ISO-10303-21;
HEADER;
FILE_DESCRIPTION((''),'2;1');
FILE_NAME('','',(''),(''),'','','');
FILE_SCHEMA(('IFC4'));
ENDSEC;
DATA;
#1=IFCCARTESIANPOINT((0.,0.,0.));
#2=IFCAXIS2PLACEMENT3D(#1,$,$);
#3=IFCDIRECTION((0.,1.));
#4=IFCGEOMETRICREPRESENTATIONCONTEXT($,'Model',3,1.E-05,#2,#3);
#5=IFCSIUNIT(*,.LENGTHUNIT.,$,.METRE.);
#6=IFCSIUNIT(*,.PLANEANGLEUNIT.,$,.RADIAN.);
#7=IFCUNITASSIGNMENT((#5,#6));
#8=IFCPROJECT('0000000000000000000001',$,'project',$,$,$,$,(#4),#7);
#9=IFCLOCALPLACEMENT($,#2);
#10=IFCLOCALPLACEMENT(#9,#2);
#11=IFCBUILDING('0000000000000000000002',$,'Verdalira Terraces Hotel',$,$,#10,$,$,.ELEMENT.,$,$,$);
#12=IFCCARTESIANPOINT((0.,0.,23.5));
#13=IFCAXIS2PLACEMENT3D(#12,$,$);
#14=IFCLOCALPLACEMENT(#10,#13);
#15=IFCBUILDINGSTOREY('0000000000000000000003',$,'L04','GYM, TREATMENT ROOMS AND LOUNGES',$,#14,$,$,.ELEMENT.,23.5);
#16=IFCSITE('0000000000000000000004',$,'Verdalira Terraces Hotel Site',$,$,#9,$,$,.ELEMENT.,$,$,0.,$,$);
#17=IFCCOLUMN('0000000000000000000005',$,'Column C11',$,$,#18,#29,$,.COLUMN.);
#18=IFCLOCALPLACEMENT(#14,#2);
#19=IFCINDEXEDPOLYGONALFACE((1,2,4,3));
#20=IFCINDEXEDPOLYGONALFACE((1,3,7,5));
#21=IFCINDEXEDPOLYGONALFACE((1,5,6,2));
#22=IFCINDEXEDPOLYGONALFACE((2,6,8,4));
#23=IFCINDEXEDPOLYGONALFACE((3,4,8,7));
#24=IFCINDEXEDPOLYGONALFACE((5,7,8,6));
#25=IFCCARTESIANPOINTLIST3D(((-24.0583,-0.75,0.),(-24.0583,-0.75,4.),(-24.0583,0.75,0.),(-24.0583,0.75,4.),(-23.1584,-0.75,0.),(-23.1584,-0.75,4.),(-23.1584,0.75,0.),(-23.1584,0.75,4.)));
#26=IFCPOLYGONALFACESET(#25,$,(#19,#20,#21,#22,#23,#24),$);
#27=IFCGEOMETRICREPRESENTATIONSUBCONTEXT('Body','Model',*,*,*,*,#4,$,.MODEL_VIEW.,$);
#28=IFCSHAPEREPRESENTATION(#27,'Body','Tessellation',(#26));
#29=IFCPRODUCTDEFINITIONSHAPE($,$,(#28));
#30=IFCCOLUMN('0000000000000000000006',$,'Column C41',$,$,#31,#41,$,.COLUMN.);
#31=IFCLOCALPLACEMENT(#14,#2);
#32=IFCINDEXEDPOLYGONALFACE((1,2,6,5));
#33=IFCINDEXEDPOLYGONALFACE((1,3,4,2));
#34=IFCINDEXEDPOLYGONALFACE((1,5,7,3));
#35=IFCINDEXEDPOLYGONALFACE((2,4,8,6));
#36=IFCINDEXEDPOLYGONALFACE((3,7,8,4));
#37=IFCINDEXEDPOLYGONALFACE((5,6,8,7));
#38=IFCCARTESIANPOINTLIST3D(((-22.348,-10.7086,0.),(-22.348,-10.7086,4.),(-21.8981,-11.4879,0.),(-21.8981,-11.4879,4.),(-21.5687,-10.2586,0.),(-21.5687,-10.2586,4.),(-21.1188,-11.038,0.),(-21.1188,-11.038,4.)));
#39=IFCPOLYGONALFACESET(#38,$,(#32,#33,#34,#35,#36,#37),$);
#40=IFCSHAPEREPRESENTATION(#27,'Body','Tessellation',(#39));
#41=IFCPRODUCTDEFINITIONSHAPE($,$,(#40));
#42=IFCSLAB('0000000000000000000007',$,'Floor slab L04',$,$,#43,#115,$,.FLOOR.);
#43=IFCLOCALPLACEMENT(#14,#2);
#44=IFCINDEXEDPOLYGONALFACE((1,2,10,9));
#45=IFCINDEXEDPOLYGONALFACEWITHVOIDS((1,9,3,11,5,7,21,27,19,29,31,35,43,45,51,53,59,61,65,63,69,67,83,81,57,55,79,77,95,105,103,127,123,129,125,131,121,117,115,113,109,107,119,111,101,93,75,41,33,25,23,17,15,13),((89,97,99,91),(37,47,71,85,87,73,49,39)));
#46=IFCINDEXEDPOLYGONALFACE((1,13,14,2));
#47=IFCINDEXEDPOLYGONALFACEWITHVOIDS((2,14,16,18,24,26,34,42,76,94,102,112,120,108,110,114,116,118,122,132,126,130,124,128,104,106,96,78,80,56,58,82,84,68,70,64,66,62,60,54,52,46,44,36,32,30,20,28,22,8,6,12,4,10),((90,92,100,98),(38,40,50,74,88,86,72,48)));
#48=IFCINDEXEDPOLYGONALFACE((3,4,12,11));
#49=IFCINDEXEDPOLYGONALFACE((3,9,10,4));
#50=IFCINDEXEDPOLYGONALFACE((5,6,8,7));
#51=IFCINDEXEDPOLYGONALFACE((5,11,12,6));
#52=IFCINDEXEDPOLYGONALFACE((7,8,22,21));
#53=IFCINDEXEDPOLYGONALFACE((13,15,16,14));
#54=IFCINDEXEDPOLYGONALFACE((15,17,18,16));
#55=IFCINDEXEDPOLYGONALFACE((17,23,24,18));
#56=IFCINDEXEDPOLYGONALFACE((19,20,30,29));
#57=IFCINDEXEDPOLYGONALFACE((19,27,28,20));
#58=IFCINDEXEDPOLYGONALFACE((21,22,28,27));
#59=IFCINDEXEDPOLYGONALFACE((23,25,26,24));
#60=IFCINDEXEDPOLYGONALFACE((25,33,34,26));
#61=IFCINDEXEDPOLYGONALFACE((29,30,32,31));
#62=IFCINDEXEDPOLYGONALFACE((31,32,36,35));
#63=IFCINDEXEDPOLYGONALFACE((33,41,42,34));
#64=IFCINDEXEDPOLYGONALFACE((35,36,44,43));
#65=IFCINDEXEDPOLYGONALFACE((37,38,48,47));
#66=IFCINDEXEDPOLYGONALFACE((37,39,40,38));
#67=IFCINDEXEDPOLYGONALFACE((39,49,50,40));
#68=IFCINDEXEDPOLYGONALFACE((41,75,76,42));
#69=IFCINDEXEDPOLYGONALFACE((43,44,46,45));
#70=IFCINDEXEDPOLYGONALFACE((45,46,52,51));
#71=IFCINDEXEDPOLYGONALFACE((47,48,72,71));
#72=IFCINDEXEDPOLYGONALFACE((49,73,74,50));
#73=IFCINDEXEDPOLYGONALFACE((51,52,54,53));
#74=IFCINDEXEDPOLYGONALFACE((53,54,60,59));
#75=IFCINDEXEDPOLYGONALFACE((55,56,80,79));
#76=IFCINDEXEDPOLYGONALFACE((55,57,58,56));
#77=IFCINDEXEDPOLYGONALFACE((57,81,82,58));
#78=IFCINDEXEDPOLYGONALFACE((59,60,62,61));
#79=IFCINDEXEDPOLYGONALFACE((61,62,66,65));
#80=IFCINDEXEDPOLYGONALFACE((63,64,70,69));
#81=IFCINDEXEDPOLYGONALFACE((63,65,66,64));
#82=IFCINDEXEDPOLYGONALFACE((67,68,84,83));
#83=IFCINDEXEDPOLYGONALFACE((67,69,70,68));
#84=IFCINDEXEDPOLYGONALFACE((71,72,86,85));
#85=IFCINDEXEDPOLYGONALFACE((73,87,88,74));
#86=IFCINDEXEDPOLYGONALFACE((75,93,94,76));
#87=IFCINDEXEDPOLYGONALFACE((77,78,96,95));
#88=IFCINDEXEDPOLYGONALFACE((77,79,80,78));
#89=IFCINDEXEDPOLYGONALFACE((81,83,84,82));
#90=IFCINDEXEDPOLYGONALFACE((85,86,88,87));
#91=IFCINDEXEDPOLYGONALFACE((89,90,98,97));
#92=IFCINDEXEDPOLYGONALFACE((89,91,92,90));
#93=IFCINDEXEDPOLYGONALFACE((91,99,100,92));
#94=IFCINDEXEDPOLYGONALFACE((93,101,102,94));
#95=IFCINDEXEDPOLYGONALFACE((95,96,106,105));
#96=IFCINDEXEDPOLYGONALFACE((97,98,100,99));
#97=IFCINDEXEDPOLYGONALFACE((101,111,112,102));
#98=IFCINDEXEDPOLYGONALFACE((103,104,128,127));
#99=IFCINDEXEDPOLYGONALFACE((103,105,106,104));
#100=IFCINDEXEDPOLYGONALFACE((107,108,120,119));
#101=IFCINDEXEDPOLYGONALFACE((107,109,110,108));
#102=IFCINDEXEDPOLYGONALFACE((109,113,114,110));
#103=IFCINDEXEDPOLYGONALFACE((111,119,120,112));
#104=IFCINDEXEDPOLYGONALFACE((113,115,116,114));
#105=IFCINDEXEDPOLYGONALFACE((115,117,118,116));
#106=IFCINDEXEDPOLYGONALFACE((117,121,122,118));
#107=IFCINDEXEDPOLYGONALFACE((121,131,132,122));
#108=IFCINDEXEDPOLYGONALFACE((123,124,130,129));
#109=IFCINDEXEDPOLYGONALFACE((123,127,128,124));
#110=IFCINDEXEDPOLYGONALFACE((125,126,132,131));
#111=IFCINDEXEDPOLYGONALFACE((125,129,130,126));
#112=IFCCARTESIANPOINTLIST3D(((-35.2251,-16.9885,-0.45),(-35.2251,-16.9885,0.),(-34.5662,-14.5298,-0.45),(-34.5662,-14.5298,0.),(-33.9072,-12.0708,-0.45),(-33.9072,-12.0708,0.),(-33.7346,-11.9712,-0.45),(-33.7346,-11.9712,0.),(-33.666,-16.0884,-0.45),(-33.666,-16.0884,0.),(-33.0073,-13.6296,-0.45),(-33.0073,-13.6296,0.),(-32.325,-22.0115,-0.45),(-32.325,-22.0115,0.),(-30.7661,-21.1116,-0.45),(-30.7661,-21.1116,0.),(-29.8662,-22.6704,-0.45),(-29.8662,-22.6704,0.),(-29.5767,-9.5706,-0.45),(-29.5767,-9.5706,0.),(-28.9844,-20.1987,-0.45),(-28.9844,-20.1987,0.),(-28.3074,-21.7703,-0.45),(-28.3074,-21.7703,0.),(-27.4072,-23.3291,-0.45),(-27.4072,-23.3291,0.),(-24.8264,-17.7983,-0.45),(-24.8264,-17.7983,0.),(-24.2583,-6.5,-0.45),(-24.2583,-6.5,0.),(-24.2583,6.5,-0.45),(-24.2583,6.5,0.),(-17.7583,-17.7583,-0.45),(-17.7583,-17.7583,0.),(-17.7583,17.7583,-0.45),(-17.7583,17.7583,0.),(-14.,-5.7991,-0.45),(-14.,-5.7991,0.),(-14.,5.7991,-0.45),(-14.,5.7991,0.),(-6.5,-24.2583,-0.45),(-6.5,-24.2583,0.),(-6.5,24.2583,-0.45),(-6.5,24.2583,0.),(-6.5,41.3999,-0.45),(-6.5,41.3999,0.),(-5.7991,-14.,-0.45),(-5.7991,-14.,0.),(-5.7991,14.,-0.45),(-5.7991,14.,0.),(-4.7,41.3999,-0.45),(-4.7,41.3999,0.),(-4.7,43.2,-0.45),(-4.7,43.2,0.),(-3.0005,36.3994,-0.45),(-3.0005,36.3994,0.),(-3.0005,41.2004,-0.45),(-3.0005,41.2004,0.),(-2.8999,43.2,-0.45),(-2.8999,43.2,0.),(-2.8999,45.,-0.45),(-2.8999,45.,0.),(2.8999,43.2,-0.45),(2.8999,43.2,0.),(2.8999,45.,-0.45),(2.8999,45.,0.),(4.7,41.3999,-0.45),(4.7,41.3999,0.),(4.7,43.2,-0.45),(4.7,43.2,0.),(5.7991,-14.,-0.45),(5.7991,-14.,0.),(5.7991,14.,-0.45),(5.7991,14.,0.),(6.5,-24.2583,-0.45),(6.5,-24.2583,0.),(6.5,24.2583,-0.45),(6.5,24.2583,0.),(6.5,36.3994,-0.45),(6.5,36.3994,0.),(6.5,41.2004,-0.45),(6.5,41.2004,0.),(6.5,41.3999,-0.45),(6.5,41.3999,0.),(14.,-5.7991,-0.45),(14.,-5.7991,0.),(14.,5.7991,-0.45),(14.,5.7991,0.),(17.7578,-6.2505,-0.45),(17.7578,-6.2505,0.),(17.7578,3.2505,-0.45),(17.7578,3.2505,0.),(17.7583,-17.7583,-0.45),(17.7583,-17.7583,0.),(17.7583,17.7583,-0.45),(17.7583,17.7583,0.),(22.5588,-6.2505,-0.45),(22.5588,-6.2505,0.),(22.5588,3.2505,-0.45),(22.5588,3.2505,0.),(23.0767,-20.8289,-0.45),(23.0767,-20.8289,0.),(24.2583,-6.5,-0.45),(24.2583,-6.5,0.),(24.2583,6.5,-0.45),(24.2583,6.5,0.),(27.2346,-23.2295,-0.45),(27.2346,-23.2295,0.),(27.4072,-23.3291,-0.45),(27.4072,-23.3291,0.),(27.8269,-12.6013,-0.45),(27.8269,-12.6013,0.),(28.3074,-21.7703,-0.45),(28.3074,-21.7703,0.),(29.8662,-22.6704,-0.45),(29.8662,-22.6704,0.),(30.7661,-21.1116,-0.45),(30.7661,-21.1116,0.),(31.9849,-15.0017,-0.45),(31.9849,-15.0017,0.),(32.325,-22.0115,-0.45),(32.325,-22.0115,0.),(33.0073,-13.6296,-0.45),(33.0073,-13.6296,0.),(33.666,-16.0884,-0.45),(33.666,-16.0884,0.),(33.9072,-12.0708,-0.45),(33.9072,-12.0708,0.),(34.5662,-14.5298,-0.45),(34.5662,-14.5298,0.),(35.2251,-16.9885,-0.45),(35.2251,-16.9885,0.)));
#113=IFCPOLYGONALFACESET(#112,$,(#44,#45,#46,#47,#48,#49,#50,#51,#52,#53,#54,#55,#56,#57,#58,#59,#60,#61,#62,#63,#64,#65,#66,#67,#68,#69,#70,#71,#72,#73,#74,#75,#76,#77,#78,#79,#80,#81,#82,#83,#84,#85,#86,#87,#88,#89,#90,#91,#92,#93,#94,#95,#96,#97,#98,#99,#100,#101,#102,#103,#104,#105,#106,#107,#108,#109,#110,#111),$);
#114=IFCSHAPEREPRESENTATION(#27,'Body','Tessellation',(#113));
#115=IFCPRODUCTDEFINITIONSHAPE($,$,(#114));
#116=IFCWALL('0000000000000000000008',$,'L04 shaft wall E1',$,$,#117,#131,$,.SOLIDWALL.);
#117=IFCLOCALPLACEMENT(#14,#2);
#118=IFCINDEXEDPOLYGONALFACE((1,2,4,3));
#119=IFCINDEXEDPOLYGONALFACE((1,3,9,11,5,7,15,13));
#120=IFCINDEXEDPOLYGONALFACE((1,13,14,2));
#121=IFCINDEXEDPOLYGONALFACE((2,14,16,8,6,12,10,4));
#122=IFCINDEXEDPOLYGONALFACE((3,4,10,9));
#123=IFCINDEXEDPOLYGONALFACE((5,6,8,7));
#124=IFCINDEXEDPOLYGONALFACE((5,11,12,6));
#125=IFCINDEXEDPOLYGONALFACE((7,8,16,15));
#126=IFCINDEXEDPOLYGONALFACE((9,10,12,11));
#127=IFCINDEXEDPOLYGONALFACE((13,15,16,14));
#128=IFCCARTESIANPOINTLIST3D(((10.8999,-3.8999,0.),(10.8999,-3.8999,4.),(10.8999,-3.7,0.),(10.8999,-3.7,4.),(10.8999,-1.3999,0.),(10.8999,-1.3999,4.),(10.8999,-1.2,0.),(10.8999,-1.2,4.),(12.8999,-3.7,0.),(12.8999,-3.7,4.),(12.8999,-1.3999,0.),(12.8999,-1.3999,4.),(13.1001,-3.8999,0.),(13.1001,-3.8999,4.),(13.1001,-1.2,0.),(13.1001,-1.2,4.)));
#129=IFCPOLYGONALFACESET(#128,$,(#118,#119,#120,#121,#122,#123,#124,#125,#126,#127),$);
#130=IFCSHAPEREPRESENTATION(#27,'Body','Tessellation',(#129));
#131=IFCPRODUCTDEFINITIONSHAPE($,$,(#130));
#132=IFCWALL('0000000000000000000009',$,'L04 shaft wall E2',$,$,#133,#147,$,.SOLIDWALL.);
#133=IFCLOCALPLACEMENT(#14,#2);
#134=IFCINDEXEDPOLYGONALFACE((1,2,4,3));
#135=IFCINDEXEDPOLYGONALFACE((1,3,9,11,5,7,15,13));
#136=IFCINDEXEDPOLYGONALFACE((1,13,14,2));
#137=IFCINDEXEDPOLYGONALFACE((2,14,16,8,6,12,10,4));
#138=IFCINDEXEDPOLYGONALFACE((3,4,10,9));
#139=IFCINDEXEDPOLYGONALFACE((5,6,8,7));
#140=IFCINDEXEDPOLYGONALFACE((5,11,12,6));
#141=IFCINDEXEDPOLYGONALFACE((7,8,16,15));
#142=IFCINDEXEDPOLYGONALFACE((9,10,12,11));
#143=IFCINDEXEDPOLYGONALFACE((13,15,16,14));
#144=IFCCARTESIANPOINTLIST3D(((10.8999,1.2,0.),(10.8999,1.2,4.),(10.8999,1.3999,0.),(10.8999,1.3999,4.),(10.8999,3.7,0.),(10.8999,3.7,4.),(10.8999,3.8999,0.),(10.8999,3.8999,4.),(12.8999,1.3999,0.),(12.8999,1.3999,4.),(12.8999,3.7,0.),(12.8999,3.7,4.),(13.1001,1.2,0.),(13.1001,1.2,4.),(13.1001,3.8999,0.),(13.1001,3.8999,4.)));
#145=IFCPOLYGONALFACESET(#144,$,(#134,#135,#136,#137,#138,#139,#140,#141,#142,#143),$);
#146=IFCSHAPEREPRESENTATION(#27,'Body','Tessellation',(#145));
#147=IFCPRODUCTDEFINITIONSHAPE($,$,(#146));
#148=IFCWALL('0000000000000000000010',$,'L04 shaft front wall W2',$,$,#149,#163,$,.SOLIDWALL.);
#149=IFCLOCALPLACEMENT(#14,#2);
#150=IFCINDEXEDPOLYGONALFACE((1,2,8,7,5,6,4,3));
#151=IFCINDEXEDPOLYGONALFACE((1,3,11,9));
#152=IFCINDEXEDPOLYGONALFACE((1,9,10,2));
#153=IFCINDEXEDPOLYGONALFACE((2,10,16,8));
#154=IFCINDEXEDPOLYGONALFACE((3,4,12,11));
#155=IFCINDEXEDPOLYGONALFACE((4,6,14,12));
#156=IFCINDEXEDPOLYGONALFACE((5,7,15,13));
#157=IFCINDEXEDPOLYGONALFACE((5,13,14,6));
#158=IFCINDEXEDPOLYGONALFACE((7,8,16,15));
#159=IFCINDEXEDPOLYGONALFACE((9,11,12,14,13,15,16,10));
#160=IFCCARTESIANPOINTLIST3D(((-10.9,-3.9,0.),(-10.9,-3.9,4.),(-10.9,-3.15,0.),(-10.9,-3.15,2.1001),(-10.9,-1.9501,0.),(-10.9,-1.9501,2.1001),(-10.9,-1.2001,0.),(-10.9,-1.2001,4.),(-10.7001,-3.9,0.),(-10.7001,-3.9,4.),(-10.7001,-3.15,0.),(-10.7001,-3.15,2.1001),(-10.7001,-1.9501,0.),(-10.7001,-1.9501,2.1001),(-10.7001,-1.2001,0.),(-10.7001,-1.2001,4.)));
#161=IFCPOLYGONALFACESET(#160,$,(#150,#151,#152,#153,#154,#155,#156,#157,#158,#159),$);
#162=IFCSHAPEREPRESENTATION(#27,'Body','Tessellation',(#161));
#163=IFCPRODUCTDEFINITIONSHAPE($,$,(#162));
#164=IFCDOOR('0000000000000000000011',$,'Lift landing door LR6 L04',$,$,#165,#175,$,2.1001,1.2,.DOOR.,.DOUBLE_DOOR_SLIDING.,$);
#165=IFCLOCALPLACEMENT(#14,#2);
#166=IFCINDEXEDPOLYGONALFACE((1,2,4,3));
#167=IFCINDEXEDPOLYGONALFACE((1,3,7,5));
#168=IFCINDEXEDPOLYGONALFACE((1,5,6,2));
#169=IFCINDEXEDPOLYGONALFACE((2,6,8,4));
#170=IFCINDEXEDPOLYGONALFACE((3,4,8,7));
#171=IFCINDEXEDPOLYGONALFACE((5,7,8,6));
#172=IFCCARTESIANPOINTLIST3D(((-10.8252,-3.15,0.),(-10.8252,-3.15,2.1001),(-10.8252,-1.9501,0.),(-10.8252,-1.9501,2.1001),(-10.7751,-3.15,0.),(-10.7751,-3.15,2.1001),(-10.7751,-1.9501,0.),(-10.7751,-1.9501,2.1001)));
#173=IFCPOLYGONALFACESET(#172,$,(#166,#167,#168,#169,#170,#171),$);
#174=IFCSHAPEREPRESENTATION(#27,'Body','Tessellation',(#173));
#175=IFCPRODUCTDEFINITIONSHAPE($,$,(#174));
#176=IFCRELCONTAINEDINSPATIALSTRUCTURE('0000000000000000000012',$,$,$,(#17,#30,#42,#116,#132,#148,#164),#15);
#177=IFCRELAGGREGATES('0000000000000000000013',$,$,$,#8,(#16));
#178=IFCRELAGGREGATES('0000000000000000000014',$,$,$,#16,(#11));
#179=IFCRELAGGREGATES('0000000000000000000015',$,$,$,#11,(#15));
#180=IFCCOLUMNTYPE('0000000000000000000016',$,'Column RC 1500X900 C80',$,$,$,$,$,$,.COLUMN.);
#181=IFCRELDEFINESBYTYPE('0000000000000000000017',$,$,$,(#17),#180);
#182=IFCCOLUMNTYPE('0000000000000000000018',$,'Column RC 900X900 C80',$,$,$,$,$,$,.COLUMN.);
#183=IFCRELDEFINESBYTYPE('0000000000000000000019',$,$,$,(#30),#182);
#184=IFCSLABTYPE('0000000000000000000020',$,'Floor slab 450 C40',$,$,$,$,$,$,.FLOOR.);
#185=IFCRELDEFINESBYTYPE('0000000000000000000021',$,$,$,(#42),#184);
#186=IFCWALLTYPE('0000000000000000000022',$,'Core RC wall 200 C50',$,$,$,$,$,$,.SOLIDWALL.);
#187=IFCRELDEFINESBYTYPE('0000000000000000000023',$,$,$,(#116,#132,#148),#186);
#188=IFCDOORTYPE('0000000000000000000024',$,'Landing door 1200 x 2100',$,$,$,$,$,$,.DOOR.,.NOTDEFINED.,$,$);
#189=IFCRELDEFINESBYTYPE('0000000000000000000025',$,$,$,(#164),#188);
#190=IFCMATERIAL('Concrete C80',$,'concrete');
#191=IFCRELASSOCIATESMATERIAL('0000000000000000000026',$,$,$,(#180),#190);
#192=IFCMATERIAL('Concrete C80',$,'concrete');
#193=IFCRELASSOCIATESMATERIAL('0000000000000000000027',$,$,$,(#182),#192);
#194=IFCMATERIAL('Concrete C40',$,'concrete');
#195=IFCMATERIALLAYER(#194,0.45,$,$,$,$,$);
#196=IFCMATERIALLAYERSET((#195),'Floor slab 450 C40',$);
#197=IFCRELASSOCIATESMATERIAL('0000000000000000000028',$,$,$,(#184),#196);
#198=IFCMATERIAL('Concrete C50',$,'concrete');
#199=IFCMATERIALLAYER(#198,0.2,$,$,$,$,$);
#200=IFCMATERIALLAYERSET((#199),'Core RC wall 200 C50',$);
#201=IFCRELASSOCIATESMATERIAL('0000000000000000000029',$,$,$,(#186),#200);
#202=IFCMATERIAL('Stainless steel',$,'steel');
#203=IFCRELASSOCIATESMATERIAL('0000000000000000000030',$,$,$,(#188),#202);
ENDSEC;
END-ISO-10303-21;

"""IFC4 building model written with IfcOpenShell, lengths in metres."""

from ifc_helpers import new_model, si_unit, direction, frame, frame_2d, origin, origin_2d, place, context, subcontext, project, spatial, polyline, rectangle, outline, extrude, material, layer, layer_set, material_profile, profile_set, type_object, element, fill, save


model = new_model("IFC4")

# Units and contexts
model_context = context("Model", 3, precision=1e-05, world=origin(), true_north=direction((0.0, 1.0)))
body_context = subcontext(model_context, "Body", "Model", "MODEL_VIEW")
ifc_project = project(units=[si_unit("LENGTHUNIT", "METRE"), si_unit("PLANEANGLEUNIT", "RADIAN")], contexts=[model_context])

# Site, building, storey
site_placement = place(None, origin())
site = spatial("IfcSite", under=ifc_project, at=site_placement, Name="Verdalira Terraces Hotel Site", CompositionType="ELEMENT", RefElevation=0.0)
building_placement = place(site_placement, origin())
building = spatial("IfcBuilding", under=site, at=building_placement, Name="Verdalira Terraces Hotel", CompositionType="ELEMENT")
storey_placement = place(building_placement, frame((0.0, 0.0, 23.5)))
storey = spatial("IfcBuildingStorey", under=building, at=storey_placement, Name="L04", Description="GYM, TREATMENT ROOMS AND LOUNGES", CompositionType="ELEMENT", Elevation=23.5)

# Columns
ifc_material_1 = material(Name="Concrete C80", Category="concrete")
ifc_material_profile_1 = material_profile(ifc_material_1, rectangle(XDim=1.5, YDim=0.8999, at=origin_2d()), Name="RC 1500X900")
ifc_profile_set_1 = profile_set([ifc_material_profile_1], Name="Concrete C80")
column_type_1 = type_object("IfcColumnType", Name="Column RC 1500X900 C80", PredefinedType="COLUMN", material=ifc_profile_set_1)
column_1_placement = place(storey_placement, frame((-23.6084, 0.0, 0.0), z_axis=(0.0, 0.0, 1.0), x_axis=(0.0, -1.0, 0.0)))
element("IfcColumn", 1, at=column_1_placement, inside=storey, type_object=column_type_1, Name="Column C11", PredefinedType="COLUMN", context=body_context, shape_type="SweptSolid", body=[
    extrude(rectangle(XDim=1.5, YDim=0.8999, at=origin_2d()), origin(), (0.0, 0.0, 1.0), 4.0),
])
ifc_material_2 = material(Name="Concrete C80", Category="concrete")
ifc_material_profile_2 = material_profile(ifc_material_2, rectangle(XDim=0.8999, YDim=0.8999, at=origin_2d()), Name="RC 900X900")
ifc_profile_set_2 = profile_set([ifc_material_profile_2], Name="Concrete C80")
column_type_2 = type_object("IfcColumnType", Name="Column RC 900X900 C80", PredefinedType="COLUMN", material=ifc_profile_set_2)
column_2_placement = place(storey_placement, frame((-21.7334, -10.8733, 0.0), z_axis=(0.0, 0.0, 1.0), x_axis=(-0.866025, -0.5, 0.0)))
element("IfcColumn", 2, at=column_2_placement, inside=storey, type_object=column_type_2, Name="Column C41", PredefinedType="COLUMN", context=body_context, shape_type="SweptSolid", body=[
    extrude(rectangle(XDim=0.8999, YDim=0.8999, at=origin_2d()), origin(), (0.0, 0.0, 1.0), 4.0),
])

# Slab
ifc_material_3 = material(Name="Concrete C40", Category="concrete")
ifc_layer_1 = layer(ifc_material_3, 0.45)
ifc_layer_set_1 = layer_set([ifc_layer_1], Name="Floor slab 450 C40")
slab_type = type_object("IfcSlabType", Name="Floor slab 450 C40", PredefinedType="FLOOR", material=ifc_layer_set_1)
slab_placement = place(storey_placement, frame((0.0, 0.0, -0.45)))
element("IfcSlab", 3, at=slab_placement, inside=storey, type_object=slab_type, Name="Floor slab L04", PredefinedType="FLOOR", context=body_context, shape_type="SweptSolid", body=[
    extrude(outline(polyline([(33.0073, -13.6296), (33.9072, -12.0708), (24.2583, -6.5), (24.2583, 6.5), (17.7583, 17.7583), (6.5, 24.2583), (6.5, 36.3994), (-3.0005, 36.3994), (-3.0005, 41.2004), (6.5, 41.2004), (6.5, 41.3999), (4.7, 41.3999), (4.7, 43.2), (2.8999, 43.2), (2.8999, 45.0), (-2.8999, 45.0), (-2.8999, 43.2), (-4.7, 43.2), (-4.7, 41.3999), (-6.5, 41.3999), (-6.5, 24.2583), (-17.7583, 17.7583), (-24.2583, 6.5), (-24.2583, -6.5), (-29.5767, -9.5706), (-24.8264, -17.7983), (-28.9844, -20.1987), (-33.7346, -11.9712), (-33.9072, -12.0708), (-33.0073, -13.6296), (-34.5662, -14.5298), (-33.666, -16.0884), (-35.2251, -16.9885), (-32.325, -22.0115), (-30.7661, -21.1116), (-29.8662, -22.6704), (-28.3074, -21.7703), (-27.4072, -23.3291), (-17.7583, -17.7583), (-6.5, -24.2583), (6.5, -24.2583), (17.7583, -17.7583), (23.0767, -20.8289), (27.8269, -12.6013), (31.9849, -15.0017), (27.2346, -23.2295), (27.4072, -23.3291), (28.3074, -21.7703), (29.8662, -22.6704), (30.7661, -21.1116), (32.325, -22.0115), (35.2251, -16.9885), (33.666, -16.0884), (34.5662, -14.5298), (33.0073, -13.6296)]), holes=[polyline([(-5.7991, -14.0), (-14.0, -5.7991), (-14.0, 5.7991), (-5.7991, 14.0), (5.7991, 14.0), (14.0, 5.7991), (14.0, -5.7991), (5.7991, -14.0), (-5.7991, -14.0)]), polyline([(22.5588, -6.2505), (17.7578, -6.2505), (17.7578, 3.2505), (22.5588, 3.2505), (22.5588, -6.2505)])]), origin(), (0.0, 0.0, 1.0), 0.45),
])

# Walls
ifc_material_4 = material(Name="Concrete C50", Category="concrete")
ifc_layer_2 = layer(ifc_material_4, 0.2)
ifc_layer_set_2 = layer_set([ifc_layer_2], Name="Core RC wall 200 C50")
wall_type_1 = type_object("IfcWallType", Name="Core RC wall 200 C50", PredefinedType="SOLIDWALL", material=ifc_layer_set_2)
wall_1_placement = place(storey_placement, origin())
element("IfcWall", 4, at=wall_1_placement, inside=storey, type_object=wall_type_1, Name="L04 shaft wall E1", PredefinedType="SOLIDWALL", context=body_context, shape_type="SweptSolid", body=[
    extrude(outline(polyline([(13.1001, -3.8999), (10.8999, -3.8999), (10.8999, -3.7), (12.8999, -3.7), (12.8999, -1.3999), (10.8999, -1.3999), (10.8999, -1.2), (13.1001, -1.2), (13.1001, -3.8999)])), origin(), (0.0, 0.0, 1.0), 4.0),
])
wall_2_placement = place(storey_placement, origin())
element("IfcWall", 5, at=wall_2_placement, inside=storey, type_object=wall_type_1, Name="L04 shaft wall E2", PredefinedType="SOLIDWALL", context=body_context, shape_type="SweptSolid", body=[
    extrude(outline(polyline([(13.1001, 3.8999), (13.1001, 1.2), (10.8999, 1.2), (10.8999, 1.3999), (12.8999, 1.3999), (12.8999, 3.7), (10.8999, 3.7), (10.8999, 3.8999), (13.1001, 3.8999)])), origin(), (0.0, 0.0, 1.0), 4.0),
])

# Wall, opening, door
wall_3_placement = place(storey_placement, frame((-10.8, -1.2, 0.0), z_axis=(0.0, 0.0, 1.0), x_axis=(0.0, -1.0, 0.0)))
wall_3 = element("IfcWall", 6, at=wall_3_placement, inside=storey, type_object=wall_type_1, Name="L04 shaft front wall W2", PredefinedType="SOLIDWALL", context=body_context, shape_type="SweptSolid", body=[
    extrude(rectangle(XDim=2.7, YDim=0.2, at=frame_2d((1.3501, 0.0))), origin(), (0.0, 0.0, 1.0), 4.0),
])
opening_1_placement = place(wall_3_placement, frame((0.75, 0.0, 0.0)))
opening_1 = element("IfcOpeningElement", 7, at=opening_1_placement, cuts=wall_3, PredefinedType="OPENING", context=body_context, shape_type="SweptSolid", body=[
    extrude(rectangle(XDim=1.2, YDim=2.1001, at=frame_2d((0.6001, 1.05))), frame((0.0, 0.1099, 0.0), z_axis=(0.0, -1.0, 0.0), x_axis=(1.0, 0.0, 0.0)), (0.0, 0.0, 1.0), 0.22),
])
ifc_material_5 = material(Name="Stainless steel", Category="steel")
door_type_1 = type_object("IfcDoorType", Name="Landing door 1200 x 2100", OperationType="NOTDEFINED", PredefinedType="DOOR", material=ifc_material_5)
door_1_placement = place(opening_1_placement, origin())
door_1 = element("IfcDoor", 8, at=door_1_placement, inside=storey, type_object=door_type_1, Name="Lift landing door LR6 L04", OperationType="DOUBLE_DOOR_SLIDING", OverallHeight=2.1001, OverallWidth=1.2, PredefinedType="DOOR", context=body_context, shape_type="SweptSolid", body=[
    extrude(rectangle(XDim=1.2, YDim=2.1001, at=frame_2d((0.6001, 1.05))), frame((0.0, 0.0249, 0.0), z_axis=(0.0, -1.0, 0.0), x_axis=(1.0, 0.0, 0.0)), (0.0, 0.0, 1.0), 0.05),
])
fill(opening_1, door_1)

save(model, "model.ifc")
